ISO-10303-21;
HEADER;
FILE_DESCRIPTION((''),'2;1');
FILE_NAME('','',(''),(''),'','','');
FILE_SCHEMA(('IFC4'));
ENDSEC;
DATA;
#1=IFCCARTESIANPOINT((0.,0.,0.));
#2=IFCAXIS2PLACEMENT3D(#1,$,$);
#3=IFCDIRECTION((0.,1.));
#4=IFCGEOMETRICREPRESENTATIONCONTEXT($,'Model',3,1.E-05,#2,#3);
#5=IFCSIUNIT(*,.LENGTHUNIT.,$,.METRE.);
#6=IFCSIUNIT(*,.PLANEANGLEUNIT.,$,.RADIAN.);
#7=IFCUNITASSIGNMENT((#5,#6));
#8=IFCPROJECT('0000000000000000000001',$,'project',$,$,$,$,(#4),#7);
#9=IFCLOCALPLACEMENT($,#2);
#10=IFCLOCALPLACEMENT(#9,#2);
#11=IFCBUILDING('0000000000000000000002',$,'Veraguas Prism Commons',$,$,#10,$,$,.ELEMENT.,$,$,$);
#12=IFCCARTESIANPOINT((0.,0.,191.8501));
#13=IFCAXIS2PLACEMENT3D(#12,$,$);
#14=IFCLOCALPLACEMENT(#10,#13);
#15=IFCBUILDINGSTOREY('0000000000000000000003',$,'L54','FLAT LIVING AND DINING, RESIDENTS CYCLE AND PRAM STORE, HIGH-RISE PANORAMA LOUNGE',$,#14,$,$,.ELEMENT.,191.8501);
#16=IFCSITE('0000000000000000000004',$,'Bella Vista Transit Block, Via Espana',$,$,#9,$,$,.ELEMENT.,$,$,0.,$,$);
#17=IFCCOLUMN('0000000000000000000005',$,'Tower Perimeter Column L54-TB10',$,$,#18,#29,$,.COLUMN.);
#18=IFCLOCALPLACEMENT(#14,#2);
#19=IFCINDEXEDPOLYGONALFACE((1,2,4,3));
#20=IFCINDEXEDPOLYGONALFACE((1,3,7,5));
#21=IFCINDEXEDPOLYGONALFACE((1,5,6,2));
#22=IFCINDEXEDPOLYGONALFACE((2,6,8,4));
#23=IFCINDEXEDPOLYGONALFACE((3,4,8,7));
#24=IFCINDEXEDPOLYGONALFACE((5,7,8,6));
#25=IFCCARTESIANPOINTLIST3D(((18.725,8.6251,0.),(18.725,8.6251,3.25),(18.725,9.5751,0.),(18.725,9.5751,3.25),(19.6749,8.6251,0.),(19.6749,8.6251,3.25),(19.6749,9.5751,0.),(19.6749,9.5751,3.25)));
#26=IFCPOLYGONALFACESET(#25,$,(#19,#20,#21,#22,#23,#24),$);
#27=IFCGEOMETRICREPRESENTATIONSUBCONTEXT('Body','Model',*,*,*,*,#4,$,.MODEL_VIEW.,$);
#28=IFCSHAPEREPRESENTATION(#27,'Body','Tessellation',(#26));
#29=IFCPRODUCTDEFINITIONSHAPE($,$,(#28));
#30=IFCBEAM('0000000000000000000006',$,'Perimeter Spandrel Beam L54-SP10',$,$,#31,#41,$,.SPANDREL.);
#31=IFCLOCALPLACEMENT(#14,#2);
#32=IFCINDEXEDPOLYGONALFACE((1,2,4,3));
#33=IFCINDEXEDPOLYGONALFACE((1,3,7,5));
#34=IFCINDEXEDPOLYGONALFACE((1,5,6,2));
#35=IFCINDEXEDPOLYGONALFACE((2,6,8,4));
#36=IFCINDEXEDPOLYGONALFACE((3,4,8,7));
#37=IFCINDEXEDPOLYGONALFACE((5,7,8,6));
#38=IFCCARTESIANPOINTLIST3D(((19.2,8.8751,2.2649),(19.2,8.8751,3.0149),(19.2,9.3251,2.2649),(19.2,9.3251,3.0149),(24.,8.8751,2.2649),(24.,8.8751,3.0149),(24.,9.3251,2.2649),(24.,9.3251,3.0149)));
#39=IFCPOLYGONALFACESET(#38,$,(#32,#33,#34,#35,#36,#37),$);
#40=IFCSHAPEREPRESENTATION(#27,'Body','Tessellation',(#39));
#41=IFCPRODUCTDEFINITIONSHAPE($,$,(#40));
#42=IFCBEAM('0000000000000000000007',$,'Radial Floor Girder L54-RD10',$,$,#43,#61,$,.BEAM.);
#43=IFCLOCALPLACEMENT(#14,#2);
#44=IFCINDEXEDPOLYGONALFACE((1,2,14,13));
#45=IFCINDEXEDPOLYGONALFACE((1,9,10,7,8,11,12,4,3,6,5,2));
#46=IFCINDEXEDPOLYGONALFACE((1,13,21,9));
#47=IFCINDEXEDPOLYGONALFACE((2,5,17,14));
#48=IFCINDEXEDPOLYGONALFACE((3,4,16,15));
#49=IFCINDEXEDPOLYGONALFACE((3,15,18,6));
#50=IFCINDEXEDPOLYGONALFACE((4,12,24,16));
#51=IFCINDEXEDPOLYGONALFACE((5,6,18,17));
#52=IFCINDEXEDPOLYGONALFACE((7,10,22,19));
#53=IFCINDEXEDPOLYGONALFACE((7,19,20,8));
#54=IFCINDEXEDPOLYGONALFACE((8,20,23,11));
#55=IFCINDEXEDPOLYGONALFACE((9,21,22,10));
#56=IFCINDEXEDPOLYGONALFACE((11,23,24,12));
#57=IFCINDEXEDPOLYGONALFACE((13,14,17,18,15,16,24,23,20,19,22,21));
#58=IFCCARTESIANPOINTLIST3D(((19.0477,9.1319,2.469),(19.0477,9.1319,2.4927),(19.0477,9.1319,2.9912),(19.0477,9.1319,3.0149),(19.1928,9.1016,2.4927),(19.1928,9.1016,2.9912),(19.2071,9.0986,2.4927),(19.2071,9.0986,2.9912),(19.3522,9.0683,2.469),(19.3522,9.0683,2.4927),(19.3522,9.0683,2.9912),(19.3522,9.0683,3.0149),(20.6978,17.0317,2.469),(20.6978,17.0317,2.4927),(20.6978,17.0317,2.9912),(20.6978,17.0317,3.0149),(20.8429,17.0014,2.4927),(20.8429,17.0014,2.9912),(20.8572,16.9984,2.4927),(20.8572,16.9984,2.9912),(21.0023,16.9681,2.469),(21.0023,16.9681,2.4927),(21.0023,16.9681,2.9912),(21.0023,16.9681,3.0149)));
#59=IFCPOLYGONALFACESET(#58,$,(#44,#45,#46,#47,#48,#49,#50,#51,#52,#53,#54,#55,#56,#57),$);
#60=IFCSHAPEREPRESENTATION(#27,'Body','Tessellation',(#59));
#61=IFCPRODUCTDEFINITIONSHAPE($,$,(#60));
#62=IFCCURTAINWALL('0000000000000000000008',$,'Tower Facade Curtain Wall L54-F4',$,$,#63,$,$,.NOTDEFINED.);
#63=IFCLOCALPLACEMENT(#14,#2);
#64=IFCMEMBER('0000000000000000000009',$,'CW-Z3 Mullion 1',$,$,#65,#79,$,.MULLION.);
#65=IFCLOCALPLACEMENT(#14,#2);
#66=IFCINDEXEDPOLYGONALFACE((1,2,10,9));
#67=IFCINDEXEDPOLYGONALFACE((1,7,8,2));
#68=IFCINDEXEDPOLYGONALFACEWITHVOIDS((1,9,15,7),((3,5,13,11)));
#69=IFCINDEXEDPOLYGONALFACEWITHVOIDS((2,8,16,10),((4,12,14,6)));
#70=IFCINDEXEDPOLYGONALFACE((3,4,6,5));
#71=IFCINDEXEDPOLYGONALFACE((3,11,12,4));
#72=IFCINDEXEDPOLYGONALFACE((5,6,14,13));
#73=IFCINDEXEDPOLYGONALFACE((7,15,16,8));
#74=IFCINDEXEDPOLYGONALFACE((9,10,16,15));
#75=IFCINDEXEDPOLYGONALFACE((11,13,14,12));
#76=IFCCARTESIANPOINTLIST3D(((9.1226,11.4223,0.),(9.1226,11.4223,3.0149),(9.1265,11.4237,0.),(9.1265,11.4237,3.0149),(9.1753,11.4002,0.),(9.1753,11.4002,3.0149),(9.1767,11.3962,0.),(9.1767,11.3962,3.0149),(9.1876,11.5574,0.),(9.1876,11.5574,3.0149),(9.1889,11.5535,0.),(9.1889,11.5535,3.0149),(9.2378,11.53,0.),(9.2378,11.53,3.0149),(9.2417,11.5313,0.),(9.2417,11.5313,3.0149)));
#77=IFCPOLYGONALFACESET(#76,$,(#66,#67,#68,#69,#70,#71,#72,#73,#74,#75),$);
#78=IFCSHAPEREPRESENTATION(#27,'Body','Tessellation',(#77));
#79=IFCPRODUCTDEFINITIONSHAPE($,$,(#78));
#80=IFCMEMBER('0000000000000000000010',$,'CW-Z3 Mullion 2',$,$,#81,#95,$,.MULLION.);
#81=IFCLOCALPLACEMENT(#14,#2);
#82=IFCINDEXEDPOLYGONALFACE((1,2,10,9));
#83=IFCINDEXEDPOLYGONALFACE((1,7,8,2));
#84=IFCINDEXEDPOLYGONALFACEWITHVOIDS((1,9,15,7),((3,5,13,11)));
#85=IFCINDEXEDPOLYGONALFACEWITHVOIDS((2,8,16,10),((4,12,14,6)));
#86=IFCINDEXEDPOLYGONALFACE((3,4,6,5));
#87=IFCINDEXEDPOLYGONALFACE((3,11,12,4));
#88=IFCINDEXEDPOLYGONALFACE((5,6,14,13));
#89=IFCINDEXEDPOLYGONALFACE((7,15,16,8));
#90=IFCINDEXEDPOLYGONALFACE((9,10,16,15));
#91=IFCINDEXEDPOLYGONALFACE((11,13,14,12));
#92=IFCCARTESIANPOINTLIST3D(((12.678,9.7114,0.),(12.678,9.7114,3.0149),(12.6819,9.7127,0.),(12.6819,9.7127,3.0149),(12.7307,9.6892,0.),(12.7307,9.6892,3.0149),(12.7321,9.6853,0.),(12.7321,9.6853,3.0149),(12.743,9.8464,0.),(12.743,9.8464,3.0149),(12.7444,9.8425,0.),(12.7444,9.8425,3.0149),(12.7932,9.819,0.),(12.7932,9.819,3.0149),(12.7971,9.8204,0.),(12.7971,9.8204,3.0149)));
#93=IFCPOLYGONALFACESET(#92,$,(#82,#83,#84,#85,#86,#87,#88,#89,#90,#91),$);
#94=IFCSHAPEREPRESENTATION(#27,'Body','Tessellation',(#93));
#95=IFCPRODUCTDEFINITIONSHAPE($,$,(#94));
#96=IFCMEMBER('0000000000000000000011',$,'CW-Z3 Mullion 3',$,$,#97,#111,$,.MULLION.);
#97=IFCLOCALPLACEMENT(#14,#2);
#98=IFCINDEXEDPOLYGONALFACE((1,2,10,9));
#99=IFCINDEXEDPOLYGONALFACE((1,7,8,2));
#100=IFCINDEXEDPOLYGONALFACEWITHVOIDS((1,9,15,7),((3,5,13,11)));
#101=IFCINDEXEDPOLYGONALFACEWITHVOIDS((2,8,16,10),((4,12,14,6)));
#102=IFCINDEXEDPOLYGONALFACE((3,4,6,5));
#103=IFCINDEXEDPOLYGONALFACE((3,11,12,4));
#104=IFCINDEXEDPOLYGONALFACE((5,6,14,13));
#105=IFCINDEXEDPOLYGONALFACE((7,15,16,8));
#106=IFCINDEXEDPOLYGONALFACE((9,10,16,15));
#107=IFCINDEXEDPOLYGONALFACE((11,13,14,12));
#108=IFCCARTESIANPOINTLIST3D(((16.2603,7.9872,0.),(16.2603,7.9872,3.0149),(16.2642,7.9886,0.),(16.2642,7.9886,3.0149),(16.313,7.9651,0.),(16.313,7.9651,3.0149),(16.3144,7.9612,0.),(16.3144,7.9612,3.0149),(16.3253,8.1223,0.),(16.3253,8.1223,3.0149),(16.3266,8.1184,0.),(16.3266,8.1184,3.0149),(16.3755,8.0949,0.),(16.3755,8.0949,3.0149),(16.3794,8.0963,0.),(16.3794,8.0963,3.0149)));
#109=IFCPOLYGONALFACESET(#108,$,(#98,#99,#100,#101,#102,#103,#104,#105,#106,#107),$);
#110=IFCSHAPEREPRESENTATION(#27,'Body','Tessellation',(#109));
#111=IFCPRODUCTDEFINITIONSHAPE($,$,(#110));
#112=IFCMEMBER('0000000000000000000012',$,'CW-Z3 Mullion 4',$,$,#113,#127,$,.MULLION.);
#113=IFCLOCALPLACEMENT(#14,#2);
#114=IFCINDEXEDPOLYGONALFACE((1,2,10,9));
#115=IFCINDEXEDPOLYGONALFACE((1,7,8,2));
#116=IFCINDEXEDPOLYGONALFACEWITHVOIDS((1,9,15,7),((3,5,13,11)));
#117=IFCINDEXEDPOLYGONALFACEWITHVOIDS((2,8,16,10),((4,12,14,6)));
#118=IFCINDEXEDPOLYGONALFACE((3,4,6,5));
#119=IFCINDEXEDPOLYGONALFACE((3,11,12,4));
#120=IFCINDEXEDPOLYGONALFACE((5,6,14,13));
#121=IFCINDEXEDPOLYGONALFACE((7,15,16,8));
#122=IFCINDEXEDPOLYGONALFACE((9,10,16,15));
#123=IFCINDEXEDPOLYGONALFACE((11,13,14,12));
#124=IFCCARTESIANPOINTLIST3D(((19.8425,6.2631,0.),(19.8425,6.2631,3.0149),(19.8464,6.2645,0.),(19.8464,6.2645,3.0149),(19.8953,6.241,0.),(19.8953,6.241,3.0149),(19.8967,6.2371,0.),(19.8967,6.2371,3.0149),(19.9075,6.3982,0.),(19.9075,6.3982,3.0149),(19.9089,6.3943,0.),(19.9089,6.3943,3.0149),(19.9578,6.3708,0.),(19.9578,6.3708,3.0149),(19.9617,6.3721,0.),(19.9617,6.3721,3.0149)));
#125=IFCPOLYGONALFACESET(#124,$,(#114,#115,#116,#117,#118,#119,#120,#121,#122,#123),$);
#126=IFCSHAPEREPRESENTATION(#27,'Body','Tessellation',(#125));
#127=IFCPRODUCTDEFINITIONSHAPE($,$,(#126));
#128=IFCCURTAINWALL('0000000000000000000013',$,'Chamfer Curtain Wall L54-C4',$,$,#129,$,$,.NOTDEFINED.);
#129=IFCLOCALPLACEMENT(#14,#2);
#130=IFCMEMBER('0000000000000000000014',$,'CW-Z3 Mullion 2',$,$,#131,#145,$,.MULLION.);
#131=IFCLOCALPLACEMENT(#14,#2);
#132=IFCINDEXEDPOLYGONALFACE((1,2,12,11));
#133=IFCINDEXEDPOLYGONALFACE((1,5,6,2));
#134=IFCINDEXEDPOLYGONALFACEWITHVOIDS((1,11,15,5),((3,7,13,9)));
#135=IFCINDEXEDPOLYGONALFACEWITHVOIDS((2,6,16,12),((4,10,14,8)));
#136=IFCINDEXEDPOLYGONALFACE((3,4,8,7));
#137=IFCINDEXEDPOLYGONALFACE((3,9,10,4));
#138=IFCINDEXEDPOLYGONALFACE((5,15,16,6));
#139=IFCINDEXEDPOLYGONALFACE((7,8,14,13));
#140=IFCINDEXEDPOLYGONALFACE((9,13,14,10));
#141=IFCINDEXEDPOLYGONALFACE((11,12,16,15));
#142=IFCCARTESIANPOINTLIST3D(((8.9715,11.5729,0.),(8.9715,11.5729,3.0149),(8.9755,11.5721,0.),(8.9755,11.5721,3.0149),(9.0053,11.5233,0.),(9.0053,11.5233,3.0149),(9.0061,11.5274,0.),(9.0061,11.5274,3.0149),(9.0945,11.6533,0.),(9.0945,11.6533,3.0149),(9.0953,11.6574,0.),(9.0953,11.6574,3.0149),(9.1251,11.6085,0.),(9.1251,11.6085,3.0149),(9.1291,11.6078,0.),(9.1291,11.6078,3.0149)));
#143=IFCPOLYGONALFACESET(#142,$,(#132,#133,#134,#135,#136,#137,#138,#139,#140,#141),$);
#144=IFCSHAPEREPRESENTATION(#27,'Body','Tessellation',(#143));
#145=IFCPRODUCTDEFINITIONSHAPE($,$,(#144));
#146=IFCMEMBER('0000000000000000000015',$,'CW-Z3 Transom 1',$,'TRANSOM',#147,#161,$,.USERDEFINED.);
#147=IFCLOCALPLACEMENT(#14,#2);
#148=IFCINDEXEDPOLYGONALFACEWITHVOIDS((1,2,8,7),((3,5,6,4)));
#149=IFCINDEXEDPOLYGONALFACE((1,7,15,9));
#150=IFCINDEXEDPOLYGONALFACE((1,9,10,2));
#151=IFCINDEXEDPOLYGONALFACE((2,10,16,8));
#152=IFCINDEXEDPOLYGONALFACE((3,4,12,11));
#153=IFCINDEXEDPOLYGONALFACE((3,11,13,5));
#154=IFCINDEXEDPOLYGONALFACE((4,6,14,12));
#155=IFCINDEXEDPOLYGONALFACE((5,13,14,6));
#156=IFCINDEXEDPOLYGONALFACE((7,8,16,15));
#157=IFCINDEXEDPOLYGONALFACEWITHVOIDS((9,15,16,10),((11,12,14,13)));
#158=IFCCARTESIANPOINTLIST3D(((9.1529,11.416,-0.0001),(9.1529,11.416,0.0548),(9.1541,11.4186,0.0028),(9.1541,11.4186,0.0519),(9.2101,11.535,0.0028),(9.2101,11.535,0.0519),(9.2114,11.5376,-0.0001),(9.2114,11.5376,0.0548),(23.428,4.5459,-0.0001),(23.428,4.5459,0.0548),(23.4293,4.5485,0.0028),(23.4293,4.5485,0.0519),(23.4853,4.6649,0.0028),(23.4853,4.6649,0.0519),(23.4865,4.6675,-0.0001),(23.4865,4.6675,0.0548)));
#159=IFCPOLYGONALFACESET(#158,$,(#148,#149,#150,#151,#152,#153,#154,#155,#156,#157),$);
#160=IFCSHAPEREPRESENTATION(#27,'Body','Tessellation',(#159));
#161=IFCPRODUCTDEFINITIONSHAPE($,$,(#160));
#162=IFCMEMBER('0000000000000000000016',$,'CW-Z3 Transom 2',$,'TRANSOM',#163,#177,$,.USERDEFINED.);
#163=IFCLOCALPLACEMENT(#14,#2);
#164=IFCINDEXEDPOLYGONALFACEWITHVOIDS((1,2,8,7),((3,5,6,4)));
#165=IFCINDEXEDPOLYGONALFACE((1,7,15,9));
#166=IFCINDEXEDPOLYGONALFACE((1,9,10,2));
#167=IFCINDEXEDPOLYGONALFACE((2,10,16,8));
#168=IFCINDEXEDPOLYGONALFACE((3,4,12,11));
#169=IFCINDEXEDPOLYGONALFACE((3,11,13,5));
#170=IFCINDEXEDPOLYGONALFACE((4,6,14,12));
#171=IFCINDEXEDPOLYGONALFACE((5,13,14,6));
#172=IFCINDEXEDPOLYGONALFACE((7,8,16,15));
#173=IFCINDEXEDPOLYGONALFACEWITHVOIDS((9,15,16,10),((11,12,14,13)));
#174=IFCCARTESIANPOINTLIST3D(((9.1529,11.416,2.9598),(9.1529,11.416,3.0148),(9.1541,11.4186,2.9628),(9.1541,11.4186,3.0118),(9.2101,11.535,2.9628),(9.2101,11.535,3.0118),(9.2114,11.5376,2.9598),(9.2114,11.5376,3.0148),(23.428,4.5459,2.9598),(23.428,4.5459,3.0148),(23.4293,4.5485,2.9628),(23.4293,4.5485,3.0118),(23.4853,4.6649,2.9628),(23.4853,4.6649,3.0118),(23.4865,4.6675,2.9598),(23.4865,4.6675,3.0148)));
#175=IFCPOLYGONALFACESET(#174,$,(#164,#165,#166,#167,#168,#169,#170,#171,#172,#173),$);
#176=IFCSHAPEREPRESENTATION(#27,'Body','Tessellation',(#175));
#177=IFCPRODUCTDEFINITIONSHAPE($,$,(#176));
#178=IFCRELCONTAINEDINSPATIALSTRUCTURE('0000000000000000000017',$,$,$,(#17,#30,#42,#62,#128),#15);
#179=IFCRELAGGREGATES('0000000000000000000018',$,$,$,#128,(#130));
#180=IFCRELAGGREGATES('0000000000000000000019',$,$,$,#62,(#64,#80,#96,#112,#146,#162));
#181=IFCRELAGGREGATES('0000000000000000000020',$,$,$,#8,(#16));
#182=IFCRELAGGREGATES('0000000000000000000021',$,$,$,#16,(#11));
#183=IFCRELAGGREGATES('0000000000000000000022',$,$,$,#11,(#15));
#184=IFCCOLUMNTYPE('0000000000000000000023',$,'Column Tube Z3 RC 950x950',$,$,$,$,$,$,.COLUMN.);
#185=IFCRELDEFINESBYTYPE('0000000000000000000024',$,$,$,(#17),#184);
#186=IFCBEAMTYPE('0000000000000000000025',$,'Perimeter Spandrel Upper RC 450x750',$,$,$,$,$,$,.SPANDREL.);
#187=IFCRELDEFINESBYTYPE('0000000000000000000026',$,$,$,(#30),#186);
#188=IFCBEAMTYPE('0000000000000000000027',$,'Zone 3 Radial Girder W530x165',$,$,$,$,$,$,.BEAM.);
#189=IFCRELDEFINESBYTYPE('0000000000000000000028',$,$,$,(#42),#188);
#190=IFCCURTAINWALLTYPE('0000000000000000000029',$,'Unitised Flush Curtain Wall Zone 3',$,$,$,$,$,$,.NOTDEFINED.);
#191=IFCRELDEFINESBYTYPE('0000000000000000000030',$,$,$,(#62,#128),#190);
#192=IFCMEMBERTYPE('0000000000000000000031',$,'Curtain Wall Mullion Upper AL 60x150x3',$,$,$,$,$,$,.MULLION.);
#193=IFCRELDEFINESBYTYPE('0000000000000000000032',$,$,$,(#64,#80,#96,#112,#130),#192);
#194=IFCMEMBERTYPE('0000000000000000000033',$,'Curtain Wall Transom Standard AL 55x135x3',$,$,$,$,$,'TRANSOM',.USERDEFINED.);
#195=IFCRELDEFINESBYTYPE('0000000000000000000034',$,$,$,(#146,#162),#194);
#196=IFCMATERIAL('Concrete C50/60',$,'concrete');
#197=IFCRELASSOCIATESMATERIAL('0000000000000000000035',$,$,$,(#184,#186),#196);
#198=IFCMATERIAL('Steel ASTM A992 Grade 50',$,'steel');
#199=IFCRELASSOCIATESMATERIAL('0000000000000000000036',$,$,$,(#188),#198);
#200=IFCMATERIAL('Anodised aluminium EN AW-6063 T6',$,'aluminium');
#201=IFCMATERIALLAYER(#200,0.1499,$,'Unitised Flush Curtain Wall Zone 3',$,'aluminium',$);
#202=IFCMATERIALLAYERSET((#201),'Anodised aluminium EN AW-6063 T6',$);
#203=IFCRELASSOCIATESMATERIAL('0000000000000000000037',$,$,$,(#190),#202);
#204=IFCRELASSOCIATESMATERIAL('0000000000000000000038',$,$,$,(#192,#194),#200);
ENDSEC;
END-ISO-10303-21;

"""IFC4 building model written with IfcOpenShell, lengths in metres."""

from ifc_helpers import new_model, si_unit, direction, frame, origin, origin_2d, place, context, subcontext, project, spatial, rectangle, hollow_rectangle, i_section, extrude, source, transform, mapped, material, layer, layer_set, material_profile, profile_set, type_object, element, aggregate, save


model = new_model("IFC4")

# Units and contexts
model_context = context("Model", 3, precision=1e-05, world=origin(), true_north=direction((0.0, 1.0)))
body_context = subcontext(model_context, "Body", "Model", "MODEL_VIEW")
ifc_project = project(units=[si_unit("LENGTHUNIT", "METRE"), si_unit("PLANEANGLEUNIT", "RADIAN")], contexts=[model_context])

# Site, building, storey
site_placement = place(None, origin())
site = spatial("IfcSite", under=ifc_project, at=site_placement, Name="Bella Vista Transit Block, Via Espana", CompositionType="ELEMENT", RefElevation=0.0)
building_placement = place(site_placement, origin())
building = spatial("IfcBuilding", under=site, at=building_placement, Name="Veraguas Prism Commons", CompositionType="ELEMENT")
storey_placement = place(building_placement, frame((0.0, 0.0, 191.8501)))
storey = spatial("IfcBuildingStorey", under=building, at=storey_placement, Name="L54", Description="FLAT LIVING AND DINING, RESIDENTS CYCLE AND PRAM STORE, HIGH-RISE PANORAMA LOUNGE", CompositionType="ELEMENT", Elevation=191.8501)

# Column
ifc_material_1 = material(Name="Concrete C50/60", Category="concrete")
ifc_material_profile_1 = material_profile(ifc_material_1, rectangle(XDim=0.95, YDim=0.95, at=origin_2d()), Name="RC950X950")
ifc_profile_set_1 = profile_set([ifc_material_profile_1], Name="Concrete C50/60")
column_type = type_object("IfcColumnType", Name="Column Tube Z3 RC 950x950", PredefinedType="COLUMN", material=ifc_profile_set_1)
column_placement = place(storey_placement, frame((19.2, 9.1001, 0.0), z_axis=(0.0, 0.0, 1.0), x_axis=(1.0, 0.0, 0.0)))
element("IfcColumn", 1, at=column_placement, inside=storey, type_object=column_type, Name="Tower Perimeter Column L54-TB10", PredefinedType="COLUMN", context=body_context, shape_type="SweptSolid", body=[
    extrude(rectangle(XDim=0.95, YDim=0.95, at=origin_2d()), origin(), (0.0, 0.0, 1.0), 3.25),
])

# Beams
ifc_material_profile_2 = material_profile(ifc_material_1, rectangle(XDim=0.45, YDim=0.75, at=origin_2d()), Name="RC450X750")
ifc_profile_set_2 = profile_set([ifc_material_profile_2], Name="Concrete C50/60")
beam_type_1 = type_object("IfcBeamType", Name="Perimeter Spandrel Upper RC 450x750", PredefinedType="SPANDREL", material=ifc_profile_set_2)
beam_1_placement = place(storey_placement, frame((19.2, 9.1001, 2.6399), z_axis=(1.0, 0.0, 0.0), x_axis=(0.0, 1.0, 0.0)))
element("IfcBeam", 2, at=beam_1_placement, inside=storey, type_object=beam_type_1, Name="Perimeter Spandrel Beam L54-SP10", PredefinedType="SPANDREL", context=body_context, shape_type="SweptSolid", body=[
    extrude(rectangle(XDim=0.45, YDim=0.75, at=origin_2d()), origin(), (0.0, 0.0, 1.0), 4.8),
])
ifc_material_2 = material(Name="Steel ASTM A992 Grade 50", Category="steel")
ifc_material_profile_3 = material_profile(ifc_material_2, i_section(OverallWidth=0.311, OverallDepth=0.5459, WebThickness=0.0146, FlangeThickness=0.0237, at=origin_2d()), Name="W530X165")
ifc_profile_set_3 = profile_set([ifc_material_profile_3], Name="Steel ASTM A992 Grade 50")
beam_type_2 = type_object("IfcBeamType", Name="Zone 3 Radial Girder W530x165", PredefinedType="BEAM", material=ifc_profile_set_3)
beam_2_placement = place(storey_placement, frame((19.2, 9.1001, 2.7419), z_axis=(0.204469, 0.978873, 0.0), x_axis=(-0.978873, 0.204469, 0.0)))
element("IfcBeam", 3, at=beam_2_placement, inside=storey, type_object=beam_type_2, Name="Radial Floor Girder L54-RD10", PredefinedType="BEAM", context=body_context, shape_type="SweptSolid", body=[
    extrude(i_section(OverallWidth=0.311, OverallDepth=0.5459, WebThickness=0.0146, FlangeThickness=0.0237, at=origin_2d()), origin(), (0.0, 0.0, 1.0), 8.0703),
])

# Curtain wall, members
ifc_material_3 = material(Name="Anodised aluminium EN AW-6063 T6", Category="aluminium")
ifc_layer_1 = layer(ifc_material_3, 0.1499, Name="Unitised Flush Curtain Wall Zone 3", Category="aluminium")
ifc_layer_set_1 = layer_set([ifc_layer_1], Name="Anodised aluminium EN AW-6063 T6")
curtain_wall_type = type_object("IfcCurtainWallType", Name="Unitised Flush Curtain Wall Zone 3", PredefinedType="NOTDEFINED", material=ifc_layer_set_1)
curtain_wall_1_placement = place(storey_placement, origin())
curtain_wall_1 = element("IfcCurtainWall", 4, at=curtain_wall_1_placement, inside=storey, type_object=curtain_wall_type, Name="Tower Facade Curtain Wall L54-F4", PredefinedType="NOTDEFINED")
ifc_material_profile_4 = material_profile(ifc_material_3, hollow_rectangle(XDim=0.0601, YDim=0.1499, WallThickness=0.0029, at=origin_2d()), Name="AL60X150X3")
ifc_profile_set_4 = profile_set([ifc_material_profile_4], Name="Anodised aluminium EN AW-6063 T6")
member_type_1 = type_object("IfcMemberType", Name="Curtain Wall Mullion Upper AL 60x150x3", PredefinedType="MULLION", material=ifc_profile_set_4)
shared_shape_1 = source(origin(), body_context, "Body", "SweptSolid", [
    extrude(hollow_rectangle(XDim=0.0601, YDim=0.1499, WallThickness=0.0029, at=origin_2d()), origin(), (0.0, 0.0, 1.0), 3.0149),
])
member_1_placement = place(storey_placement, frame((9.1821, 11.4768, 0.0), z_axis=(0.0, 0.0, 1.0), x_axis=(0.901074, -0.433665, 0.0)))
member_1 = element("IfcMember", 5, at=member_1_placement, type_object=member_type_1, Name="CW-Z3 Mullion 1", PredefinedType="MULLION", context=body_context, shape_type="MappedRepresentation", body=[
    mapped(shared_shape_1, transform((0.0, 0.0, 0.0), scale=1.0)),
])
member_2_placement = place(storey_placement, frame((12.7375, 9.7659, 0.0), z_axis=(0.0, 0.0, 1.0), x_axis=(0.901074, -0.433665, 0.0)))
member_2 = element("IfcMember", 6, at=member_2_placement, type_object=member_type_1, Name="CW-Z3 Mullion 2", PredefinedType="MULLION", context=body_context, shape_type="MappedRepresentation", body=[
    mapped(shared_shape_1, transform((0.0, 0.0, 0.0), scale=1.0)),
])
member_3_placement = place(storey_placement, frame((16.3198, 8.0417, 0.0), z_axis=(0.0, 0.0, 1.0), x_axis=(0.901074, -0.433665, 0.0)))
member_3 = element("IfcMember", 7, at=member_3_placement, type_object=member_type_1, Name="CW-Z3 Mullion 3", PredefinedType="MULLION", context=body_context, shape_type="MappedRepresentation", body=[
    mapped(shared_shape_1, transform((0.0, 0.0, 0.0), scale=1.0)),
])
member_4_placement = place(storey_placement, frame((19.9021, 6.3176, 0.0), z_axis=(0.0, 0.0, 1.0), x_axis=(0.901074, -0.433665, 0.0)))
member_4 = element("IfcMember", 8, at=member_4_placement, type_object=member_type_1, Name="CW-Z3 Mullion 4", PredefinedType="MULLION", context=body_context, shape_type="MappedRepresentation", body=[
    mapped(shared_shape_1, transform((0.0, 0.0, 0.0), scale=1.0)),
])

# Curtain wall, member
curtain_wall_2_placement = place(storey_placement, origin())
curtain_wall_2 = element("IfcCurtainWall", 9, at=curtain_wall_2_placement, inside=storey, type_object=curtain_wall_type, Name="Chamfer Curtain Wall L54-C4", PredefinedType="NOTDEFINED")
member_5_placement = place(storey_placement, frame((9.0503, 11.5903, 0.0), z_axis=(0.0, 0.0, 1.0), x_axis=(0.563553, -0.82608, 0.0)))
member_5 = element("IfcMember", 10, at=member_5_placement, type_object=member_type_1, Name="CW-Z3 Mullion 2", PredefinedType="MULLION", context=body_context, shape_type="MappedRepresentation", body=[
    mapped(shared_shape_1, transform((0.0, 0.0, 0.0), scale=1.0)),
])
aggregate(curtain_wall_2, [member_5])

# Members
ifc_material_profile_5 = material_profile(ifc_material_3, hollow_rectangle(XDim=0.0549, YDim=0.135, WallThickness=0.0029, at=origin_2d()), Name="AL55X135X3")
ifc_profile_set_5 = profile_set([ifc_material_profile_5], Name="Anodised aluminium EN AW-6063 T6")
member_type_2 = type_object("IfcMemberType", Name="Curtain Wall Transom Standard AL 55x135x3", ElementType="TRANSOM", PredefinedType="USERDEFINED", material=ifc_profile_set_5)
shared_shape_2 = source(origin(), body_context, "Body", "SweptSolid", [
    extrude(hollow_rectangle(XDim=0.0549, YDim=0.135, WallThickness=0.0029, at=origin_2d()), origin(), (0.0, 0.0, 1.0), 15.8423),
])
member_6_placement = place(storey_placement, frame((9.1821, 11.4768, 0.0273), z_axis=(0.901078, -0.433657, 0.0), x_axis=(0.0, 0.0, 1.0)))
member_6 = element("IfcMember", 11, at=member_6_placement, type_object=member_type_2, Name="CW-Z3 Transom 1", ObjectType="TRANSOM", PredefinedType="USERDEFINED", context=body_context, shape_type="MappedRepresentation", body=[
    mapped(shared_shape_2, transform((0.0, 0.0, 0.0), scale=1.0)),
])
member_7_placement = place(storey_placement, frame((9.1821, 11.4768, 2.9873), z_axis=(0.901078, -0.433657, 0.0), x_axis=(0.0, 0.0, 1.0)))
member_7 = element("IfcMember", 12, at=member_7_placement, type_object=member_type_2, Name="CW-Z3 Transom 2", ObjectType="TRANSOM", PredefinedType="USERDEFINED", context=body_context, shape_type="MappedRepresentation", body=[
    mapped(shared_shape_2, transform((0.0, 0.0, 0.0), scale=1.0)),
])

aggregate(curtain_wall_1, [member_1, member_2, member_3, member_4, member_6, member_7])

save(model, "model.ifc")
